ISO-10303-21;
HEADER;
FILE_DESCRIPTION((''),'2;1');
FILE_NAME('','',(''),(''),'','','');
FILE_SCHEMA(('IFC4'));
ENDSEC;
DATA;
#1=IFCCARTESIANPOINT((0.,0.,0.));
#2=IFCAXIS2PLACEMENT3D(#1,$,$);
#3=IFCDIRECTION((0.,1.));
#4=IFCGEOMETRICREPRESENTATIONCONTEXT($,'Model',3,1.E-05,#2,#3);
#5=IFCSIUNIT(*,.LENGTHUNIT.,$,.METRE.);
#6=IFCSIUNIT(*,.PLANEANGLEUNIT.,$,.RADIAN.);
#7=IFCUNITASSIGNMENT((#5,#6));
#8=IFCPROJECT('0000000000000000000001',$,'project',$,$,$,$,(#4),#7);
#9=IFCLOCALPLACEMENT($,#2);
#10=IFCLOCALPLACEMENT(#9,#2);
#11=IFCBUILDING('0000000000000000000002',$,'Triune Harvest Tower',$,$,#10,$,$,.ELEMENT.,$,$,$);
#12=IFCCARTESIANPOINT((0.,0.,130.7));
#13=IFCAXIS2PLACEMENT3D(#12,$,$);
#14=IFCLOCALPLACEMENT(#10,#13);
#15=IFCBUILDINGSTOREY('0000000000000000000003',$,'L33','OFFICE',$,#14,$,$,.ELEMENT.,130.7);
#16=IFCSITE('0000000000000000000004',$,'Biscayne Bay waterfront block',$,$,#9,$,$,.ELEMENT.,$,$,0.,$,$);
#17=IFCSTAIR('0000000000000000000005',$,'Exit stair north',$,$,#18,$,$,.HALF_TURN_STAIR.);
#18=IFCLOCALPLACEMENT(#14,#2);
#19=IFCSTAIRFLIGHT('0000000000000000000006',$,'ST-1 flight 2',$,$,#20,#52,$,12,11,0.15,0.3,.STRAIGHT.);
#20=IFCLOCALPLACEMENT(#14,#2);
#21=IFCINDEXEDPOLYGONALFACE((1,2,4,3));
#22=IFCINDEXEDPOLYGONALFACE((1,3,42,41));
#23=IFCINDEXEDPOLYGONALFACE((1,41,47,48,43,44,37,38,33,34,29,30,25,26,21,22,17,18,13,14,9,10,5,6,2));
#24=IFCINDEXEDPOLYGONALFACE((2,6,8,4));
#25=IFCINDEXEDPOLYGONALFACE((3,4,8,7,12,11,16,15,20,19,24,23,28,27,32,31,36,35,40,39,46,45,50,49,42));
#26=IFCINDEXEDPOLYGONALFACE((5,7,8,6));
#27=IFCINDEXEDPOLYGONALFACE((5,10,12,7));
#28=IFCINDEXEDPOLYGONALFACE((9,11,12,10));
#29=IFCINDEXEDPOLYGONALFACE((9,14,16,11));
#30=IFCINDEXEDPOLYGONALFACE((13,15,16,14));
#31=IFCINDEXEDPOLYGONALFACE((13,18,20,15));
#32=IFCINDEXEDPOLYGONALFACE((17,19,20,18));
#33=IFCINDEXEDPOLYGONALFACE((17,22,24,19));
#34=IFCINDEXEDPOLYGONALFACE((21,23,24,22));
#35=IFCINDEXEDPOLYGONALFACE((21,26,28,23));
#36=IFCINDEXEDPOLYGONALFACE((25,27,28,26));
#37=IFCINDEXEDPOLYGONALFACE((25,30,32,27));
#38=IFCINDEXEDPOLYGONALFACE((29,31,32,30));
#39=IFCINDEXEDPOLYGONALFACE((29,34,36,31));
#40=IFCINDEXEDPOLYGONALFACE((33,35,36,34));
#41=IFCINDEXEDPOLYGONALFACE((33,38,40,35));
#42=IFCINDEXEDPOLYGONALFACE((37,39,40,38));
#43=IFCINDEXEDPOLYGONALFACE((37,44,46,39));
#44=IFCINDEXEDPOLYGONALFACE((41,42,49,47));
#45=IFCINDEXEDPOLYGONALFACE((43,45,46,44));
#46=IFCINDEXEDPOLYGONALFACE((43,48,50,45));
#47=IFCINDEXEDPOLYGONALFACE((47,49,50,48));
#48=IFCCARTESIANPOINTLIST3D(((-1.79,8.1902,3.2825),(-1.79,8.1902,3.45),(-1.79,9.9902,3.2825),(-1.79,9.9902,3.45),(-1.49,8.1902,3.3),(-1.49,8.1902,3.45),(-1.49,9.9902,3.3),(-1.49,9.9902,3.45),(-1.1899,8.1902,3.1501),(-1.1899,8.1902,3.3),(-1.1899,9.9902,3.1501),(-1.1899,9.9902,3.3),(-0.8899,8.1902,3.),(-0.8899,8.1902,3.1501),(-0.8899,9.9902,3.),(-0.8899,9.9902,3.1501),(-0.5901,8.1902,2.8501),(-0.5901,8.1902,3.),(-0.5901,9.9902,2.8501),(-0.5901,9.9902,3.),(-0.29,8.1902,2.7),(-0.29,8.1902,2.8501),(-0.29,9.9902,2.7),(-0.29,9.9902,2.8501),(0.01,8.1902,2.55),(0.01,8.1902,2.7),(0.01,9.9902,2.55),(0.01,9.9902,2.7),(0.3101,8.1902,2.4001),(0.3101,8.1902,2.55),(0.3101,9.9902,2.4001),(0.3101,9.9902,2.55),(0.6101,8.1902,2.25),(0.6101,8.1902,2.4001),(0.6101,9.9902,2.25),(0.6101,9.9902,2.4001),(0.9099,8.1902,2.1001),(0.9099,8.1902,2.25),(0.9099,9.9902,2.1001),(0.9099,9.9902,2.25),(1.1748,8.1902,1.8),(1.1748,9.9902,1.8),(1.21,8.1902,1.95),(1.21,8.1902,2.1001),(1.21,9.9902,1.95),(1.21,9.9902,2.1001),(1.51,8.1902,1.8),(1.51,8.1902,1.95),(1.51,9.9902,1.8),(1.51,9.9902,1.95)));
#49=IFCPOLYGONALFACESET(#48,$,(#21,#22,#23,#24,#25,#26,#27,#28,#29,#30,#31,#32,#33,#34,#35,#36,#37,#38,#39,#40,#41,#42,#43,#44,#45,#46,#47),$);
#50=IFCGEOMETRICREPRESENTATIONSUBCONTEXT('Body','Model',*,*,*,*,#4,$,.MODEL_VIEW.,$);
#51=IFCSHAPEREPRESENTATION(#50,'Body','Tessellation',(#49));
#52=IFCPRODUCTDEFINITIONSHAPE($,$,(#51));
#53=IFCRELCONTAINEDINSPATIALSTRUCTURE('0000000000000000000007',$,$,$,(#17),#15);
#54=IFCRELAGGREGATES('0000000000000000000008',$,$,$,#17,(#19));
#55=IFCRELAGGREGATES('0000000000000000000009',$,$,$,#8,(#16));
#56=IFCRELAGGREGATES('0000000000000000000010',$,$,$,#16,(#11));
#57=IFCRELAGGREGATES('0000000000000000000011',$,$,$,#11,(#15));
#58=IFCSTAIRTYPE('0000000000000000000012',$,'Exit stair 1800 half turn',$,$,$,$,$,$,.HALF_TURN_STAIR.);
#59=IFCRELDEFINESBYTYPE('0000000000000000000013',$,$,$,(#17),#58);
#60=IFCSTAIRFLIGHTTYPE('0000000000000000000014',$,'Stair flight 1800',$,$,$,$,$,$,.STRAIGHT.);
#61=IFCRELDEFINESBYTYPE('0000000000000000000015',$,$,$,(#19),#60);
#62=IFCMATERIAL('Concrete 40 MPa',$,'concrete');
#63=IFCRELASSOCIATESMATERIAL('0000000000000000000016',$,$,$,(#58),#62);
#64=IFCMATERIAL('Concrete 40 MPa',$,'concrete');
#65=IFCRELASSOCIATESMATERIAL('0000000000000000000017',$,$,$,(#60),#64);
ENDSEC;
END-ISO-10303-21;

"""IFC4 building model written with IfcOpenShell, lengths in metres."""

from ifc_helpers import new_model, si_unit, direction, frame, origin, place, context, subcontext, project, spatial, polyline, outline, extrude, source, transform, mapped, material, type_object, element, aggregate, save


model = new_model("IFC4")

# Units and contexts
model_context = context("Model", 3, precision=1e-05, world=origin(), true_north=direction((0.0, 1.0)))
body_context = subcontext(model_context, "Body", "Model", "MODEL_VIEW")
ifc_project = project(units=[si_unit("LENGTHUNIT", "METRE"), si_unit("PLANEANGLEUNIT", "RADIAN")], contexts=[model_context])

# Site, building, storey
site_placement = place(None, origin())
site = spatial("IfcSite", under=ifc_project, at=site_placement, Name="Biscayne Bay waterfront block", CompositionType="ELEMENT", RefElevation=0.0)
building_placement = place(site_placement, origin())
building = spatial("IfcBuilding", under=site, at=building_placement, Name="Triune Harvest Tower", CompositionType="ELEMENT")
storey_placement = place(building_placement, frame((0.0, 0.0, 130.7)))
storey = spatial("IfcBuildingStorey", under=building, at=storey_placement, Name="L33", Description="OFFICE", CompositionType="ELEMENT", Elevation=130.7)

# Stair, stair flight
ifc_material_1 = material(Name="Concrete 40 MPa", Category="concrete")
stair_type = type_object("IfcStairType", Name="Exit stair 1800 half turn", PredefinedType="HALF_TURN_STAIR", material=ifc_material_1)
stair_placement = place(storey_placement, origin())
stair = element("IfcStair", 1, at=stair_placement, inside=storey, type_object=stair_type, Name="Exit stair north", PredefinedType="HALF_TURN_STAIR")
ifc_material_2 = material(Name="Concrete 40 MPa", Category="concrete")
stair_flight_type = type_object("IfcStairFlightType", Name="Stair flight 1800", PredefinedType="STRAIGHT", material=ifc_material_2)
shared_shape_1 = source(origin(), body_context, "Body", "SweptSolid", [
    extrude(outline(polyline([(0.0, 0.0), (0.0, 0.1499), (0.3, 0.1499), (0.3, 0.3), (0.6001, 0.3), (0.6001, 0.45), (0.8999, 0.45), (0.8999, 0.6001), (1.2, 0.6001), (1.2, 0.75), (1.5, 0.75), (1.5, 0.8999), (1.8, 0.8999), (1.8, 1.05), (2.1001, 1.05), (2.1001, 1.2), (2.3999, 1.2), (2.3999, 1.3501), (2.7, 1.3501), (2.7, 1.5), (3.0, 1.5), (3.0, 1.6499), (3.3, 1.6499), (3.3, 1.8), (3.3, 1.4824), (0.3352, 0.0), (0.0, 0.0)])), frame((0.0, 0.8999, 0.0), z_axis=(0.0, -1.0, 0.0), x_axis=(1.0, 0.0, 0.0)), (0.0, 0.0, 1.0), 1.8),
])
stair_flight_placement = place(storey_placement, frame((1.51, 9.0901, 1.8), z_axis=(0.0, 0.0, 1.0), x_axis=(-1.0, 0.0, 0.0)))
stair_flight = element("IfcStairFlight", 2, at=stair_flight_placement, type_object=stair_flight_type, Name="ST-1 flight 2", NumberOfRisers=12, NumberOfTreads=11, PredefinedType="STRAIGHT", RiserHeight=0.15, TreadLength=0.3, context=body_context, shape_type="MappedRepresentation", body=[
    mapped(shared_shape_1, transform((0.0, 0.0, 0.0), scale=1.0)),
])
aggregate(stair, [stair_flight])

save(model, "model.ifc")
